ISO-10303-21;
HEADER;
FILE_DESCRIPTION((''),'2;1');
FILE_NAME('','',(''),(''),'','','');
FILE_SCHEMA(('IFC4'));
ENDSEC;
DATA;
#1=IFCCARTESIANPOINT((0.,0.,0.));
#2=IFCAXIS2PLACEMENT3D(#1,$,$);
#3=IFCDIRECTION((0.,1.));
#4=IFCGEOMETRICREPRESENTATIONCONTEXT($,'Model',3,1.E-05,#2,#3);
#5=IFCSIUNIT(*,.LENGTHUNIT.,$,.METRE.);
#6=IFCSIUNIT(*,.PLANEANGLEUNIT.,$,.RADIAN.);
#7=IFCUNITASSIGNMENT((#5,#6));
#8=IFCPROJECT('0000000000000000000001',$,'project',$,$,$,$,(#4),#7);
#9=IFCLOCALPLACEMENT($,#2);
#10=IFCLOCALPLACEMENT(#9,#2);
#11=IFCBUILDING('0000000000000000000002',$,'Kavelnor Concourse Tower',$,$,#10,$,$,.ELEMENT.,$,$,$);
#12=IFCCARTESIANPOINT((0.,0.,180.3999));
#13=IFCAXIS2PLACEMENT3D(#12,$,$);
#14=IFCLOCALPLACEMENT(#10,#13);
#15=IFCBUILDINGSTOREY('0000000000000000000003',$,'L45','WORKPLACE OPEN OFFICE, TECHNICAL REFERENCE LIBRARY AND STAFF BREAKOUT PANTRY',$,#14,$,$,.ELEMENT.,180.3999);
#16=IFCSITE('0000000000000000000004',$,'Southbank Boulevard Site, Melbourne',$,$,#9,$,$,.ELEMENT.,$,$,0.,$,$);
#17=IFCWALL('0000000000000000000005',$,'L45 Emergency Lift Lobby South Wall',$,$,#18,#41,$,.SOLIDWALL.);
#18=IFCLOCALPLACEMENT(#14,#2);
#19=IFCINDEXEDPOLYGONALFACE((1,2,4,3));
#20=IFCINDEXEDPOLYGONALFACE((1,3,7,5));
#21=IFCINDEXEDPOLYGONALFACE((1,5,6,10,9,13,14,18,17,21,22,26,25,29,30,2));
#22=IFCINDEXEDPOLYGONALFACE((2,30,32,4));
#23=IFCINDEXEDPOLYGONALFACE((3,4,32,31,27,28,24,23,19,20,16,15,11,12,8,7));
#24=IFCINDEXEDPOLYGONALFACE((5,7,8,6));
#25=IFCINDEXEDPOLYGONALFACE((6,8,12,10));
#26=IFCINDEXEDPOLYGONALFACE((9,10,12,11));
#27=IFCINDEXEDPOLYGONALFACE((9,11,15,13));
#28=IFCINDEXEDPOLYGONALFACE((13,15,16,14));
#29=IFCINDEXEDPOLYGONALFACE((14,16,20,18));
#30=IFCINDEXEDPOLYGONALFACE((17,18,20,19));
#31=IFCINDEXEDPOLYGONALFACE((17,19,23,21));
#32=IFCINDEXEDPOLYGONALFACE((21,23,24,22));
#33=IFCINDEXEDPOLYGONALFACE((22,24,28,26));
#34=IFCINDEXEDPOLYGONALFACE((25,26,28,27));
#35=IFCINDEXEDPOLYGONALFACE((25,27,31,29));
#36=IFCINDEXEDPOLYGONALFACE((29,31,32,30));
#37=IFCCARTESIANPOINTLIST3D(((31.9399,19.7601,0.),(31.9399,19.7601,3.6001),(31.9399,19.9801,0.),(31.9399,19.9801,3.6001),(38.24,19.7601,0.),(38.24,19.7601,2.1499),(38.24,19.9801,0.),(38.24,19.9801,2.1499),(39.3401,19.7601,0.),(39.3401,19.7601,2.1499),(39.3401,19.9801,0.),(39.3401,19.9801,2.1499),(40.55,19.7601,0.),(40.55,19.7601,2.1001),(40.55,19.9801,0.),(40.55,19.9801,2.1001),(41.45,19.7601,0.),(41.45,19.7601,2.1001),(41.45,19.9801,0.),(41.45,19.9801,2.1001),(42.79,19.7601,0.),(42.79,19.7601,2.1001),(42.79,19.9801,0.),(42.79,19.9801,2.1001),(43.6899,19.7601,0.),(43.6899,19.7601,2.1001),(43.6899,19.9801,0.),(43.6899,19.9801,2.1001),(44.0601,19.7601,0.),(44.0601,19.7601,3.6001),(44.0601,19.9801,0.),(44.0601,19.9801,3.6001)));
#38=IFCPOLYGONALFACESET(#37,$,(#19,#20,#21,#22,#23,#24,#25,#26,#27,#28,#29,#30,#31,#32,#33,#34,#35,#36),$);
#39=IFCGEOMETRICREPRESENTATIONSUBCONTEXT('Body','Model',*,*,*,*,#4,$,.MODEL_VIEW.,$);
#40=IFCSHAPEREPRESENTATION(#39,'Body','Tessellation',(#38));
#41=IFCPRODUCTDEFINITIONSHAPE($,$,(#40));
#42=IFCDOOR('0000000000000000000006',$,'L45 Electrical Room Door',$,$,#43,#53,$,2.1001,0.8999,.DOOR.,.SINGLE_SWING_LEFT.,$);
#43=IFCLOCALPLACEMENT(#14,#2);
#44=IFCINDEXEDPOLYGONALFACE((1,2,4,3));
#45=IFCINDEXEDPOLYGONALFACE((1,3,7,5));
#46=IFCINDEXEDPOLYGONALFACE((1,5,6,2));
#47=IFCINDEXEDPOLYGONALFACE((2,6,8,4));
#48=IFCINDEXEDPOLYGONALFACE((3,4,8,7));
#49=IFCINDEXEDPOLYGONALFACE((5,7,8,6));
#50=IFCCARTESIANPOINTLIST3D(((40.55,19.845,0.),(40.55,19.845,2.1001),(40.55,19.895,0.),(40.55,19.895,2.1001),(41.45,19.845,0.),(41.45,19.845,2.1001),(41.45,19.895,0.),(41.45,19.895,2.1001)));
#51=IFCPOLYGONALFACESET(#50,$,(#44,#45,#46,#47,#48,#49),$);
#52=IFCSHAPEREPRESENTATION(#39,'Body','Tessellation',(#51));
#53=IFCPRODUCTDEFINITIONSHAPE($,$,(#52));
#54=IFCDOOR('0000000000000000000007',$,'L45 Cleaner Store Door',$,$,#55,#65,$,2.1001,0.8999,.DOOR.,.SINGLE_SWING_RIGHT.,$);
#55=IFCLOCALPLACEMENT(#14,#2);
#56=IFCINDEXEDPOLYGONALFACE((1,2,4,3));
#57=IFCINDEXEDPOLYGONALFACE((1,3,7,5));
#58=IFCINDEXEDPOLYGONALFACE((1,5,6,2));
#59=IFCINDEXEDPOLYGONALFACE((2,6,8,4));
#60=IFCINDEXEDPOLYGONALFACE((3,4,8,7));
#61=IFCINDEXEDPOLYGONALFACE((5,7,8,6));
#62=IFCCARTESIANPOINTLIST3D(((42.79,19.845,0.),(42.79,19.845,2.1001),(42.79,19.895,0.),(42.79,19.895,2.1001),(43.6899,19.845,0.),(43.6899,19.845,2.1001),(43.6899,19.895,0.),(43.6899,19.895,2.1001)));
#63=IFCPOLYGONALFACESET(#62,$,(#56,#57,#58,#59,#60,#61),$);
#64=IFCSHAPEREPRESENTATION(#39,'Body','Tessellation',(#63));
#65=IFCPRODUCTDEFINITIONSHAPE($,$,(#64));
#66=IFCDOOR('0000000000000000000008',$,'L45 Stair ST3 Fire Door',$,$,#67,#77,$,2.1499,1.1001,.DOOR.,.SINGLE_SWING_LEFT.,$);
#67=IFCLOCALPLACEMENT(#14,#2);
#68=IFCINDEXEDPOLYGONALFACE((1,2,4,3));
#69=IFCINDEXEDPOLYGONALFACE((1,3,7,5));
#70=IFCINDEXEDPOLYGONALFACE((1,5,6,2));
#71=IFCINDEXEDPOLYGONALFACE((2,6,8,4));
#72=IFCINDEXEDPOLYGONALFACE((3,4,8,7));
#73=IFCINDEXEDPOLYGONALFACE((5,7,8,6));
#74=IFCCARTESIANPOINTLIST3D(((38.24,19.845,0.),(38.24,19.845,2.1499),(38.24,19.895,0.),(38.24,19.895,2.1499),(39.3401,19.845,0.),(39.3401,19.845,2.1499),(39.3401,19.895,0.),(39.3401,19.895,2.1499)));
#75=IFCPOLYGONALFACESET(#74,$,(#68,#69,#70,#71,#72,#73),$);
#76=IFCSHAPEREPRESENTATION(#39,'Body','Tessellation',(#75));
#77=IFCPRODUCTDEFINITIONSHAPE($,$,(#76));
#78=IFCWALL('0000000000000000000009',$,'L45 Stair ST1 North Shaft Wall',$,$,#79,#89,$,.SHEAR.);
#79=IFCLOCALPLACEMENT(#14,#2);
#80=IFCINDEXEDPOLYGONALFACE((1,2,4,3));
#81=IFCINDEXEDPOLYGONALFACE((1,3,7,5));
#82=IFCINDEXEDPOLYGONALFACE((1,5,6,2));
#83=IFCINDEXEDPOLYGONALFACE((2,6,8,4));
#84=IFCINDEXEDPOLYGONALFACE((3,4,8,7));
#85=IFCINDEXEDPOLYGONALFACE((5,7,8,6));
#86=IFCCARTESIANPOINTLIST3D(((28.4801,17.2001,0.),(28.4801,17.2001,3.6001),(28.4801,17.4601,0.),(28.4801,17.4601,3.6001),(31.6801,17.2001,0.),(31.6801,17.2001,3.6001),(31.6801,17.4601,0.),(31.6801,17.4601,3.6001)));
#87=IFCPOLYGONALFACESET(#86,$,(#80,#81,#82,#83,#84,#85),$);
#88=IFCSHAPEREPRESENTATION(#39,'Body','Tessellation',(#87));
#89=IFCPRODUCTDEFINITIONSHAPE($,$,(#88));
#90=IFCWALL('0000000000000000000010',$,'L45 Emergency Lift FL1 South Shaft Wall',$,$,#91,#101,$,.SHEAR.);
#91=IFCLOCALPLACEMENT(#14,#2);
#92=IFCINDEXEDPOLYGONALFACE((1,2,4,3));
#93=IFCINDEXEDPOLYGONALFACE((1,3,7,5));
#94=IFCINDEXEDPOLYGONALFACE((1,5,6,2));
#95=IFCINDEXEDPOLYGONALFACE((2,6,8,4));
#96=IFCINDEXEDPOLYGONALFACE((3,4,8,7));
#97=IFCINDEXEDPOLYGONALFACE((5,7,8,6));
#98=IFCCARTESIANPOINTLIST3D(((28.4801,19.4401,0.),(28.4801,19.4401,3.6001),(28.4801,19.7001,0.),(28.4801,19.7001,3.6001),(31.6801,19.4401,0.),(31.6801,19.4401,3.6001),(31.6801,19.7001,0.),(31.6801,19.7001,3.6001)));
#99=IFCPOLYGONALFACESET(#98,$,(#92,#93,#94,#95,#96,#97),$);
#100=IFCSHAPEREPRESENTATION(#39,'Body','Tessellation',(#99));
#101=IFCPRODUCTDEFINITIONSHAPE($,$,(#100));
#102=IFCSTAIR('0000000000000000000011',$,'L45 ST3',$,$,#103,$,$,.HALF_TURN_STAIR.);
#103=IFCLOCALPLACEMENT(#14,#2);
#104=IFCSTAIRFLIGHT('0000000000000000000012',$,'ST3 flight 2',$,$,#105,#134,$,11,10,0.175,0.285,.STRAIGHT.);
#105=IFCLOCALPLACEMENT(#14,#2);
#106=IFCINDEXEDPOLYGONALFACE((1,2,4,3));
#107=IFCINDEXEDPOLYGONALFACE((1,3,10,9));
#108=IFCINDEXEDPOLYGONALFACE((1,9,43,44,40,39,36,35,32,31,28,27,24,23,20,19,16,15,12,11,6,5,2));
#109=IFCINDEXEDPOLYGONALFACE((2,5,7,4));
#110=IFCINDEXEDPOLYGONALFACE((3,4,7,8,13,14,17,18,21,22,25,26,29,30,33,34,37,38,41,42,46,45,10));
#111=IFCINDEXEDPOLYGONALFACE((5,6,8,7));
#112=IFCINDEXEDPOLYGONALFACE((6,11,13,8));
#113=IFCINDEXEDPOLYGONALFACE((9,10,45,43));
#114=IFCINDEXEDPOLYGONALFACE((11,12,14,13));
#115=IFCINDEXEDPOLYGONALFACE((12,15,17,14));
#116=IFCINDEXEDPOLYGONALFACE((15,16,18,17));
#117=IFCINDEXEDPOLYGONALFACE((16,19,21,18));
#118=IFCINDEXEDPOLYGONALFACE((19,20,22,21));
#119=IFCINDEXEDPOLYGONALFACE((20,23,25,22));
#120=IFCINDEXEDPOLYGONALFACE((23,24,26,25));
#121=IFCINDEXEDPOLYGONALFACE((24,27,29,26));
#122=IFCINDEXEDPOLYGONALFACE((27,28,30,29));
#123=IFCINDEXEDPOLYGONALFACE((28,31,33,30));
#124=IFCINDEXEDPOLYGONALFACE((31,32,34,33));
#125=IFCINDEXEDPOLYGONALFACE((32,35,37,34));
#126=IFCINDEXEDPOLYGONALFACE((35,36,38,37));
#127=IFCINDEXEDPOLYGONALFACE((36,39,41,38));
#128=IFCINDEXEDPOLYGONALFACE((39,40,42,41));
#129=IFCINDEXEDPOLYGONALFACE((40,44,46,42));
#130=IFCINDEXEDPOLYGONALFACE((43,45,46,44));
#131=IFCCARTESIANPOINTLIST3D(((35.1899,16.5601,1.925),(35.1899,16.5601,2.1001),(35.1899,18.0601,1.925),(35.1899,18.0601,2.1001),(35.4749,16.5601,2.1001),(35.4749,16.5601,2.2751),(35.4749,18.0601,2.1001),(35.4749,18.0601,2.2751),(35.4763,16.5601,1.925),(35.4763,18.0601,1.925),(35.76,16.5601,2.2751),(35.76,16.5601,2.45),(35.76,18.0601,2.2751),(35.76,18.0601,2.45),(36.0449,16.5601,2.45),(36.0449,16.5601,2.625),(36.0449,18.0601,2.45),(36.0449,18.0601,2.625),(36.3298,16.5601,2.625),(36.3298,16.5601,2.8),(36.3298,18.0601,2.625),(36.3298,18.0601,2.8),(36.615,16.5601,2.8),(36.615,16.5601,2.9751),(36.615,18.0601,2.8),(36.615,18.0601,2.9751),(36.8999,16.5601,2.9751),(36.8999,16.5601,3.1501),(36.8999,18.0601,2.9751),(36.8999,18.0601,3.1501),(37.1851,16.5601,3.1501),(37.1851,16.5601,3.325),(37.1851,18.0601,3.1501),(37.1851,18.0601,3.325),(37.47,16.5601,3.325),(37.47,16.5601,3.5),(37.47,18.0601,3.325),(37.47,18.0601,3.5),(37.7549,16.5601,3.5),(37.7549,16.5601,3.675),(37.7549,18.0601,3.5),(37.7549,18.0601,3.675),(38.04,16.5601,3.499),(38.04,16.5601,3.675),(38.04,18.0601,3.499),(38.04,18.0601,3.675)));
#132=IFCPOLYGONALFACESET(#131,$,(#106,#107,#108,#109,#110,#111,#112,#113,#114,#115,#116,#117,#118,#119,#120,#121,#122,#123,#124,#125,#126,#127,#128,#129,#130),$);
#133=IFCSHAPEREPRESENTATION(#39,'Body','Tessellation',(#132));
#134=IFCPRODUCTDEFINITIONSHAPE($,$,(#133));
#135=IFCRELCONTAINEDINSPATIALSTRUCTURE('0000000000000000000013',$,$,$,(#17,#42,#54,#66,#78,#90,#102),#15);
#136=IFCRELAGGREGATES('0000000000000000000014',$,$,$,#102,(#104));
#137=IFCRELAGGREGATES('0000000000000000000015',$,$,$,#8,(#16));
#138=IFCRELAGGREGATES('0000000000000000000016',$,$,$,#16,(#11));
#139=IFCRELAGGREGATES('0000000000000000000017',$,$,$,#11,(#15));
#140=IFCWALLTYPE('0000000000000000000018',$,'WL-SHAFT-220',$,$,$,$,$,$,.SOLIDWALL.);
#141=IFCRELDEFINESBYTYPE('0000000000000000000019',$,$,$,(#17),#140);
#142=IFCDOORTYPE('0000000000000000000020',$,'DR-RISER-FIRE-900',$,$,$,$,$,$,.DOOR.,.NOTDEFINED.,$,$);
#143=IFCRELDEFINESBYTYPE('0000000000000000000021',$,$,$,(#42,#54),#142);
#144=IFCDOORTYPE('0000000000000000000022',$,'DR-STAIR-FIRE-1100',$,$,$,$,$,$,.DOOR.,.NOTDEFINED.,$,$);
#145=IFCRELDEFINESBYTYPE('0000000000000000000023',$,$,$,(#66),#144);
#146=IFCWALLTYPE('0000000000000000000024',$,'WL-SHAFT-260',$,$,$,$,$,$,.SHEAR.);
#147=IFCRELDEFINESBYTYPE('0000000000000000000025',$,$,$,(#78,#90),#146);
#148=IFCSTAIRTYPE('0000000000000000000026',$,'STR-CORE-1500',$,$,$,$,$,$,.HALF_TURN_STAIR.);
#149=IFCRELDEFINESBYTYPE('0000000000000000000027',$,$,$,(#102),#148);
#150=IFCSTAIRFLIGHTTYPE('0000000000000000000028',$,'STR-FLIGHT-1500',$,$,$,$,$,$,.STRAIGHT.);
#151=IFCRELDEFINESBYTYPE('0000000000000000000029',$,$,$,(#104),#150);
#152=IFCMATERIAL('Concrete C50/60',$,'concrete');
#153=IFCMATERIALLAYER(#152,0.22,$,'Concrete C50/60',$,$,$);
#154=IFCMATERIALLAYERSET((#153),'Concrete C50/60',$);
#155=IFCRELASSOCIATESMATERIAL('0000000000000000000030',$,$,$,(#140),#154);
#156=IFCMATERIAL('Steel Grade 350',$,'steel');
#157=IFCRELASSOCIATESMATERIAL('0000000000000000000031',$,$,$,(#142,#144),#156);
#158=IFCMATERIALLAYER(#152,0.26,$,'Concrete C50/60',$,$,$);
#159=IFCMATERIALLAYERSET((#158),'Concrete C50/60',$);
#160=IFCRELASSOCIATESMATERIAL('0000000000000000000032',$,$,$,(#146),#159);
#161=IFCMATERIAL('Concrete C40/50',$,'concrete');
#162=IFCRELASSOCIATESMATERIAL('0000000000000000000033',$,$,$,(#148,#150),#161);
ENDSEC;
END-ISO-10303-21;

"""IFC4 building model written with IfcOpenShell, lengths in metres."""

from ifc_helpers import new_model, si_unit, direction, frame, frame_2d, origin, place, context, subcontext, project, spatial, polyline, rectangle, outline, extrude, material, layer, layer_set, type_object, element, fill, aggregate, save


model = new_model("IFC4")

# Units and contexts
model_context = context("Model", 3, precision=1e-05, world=origin(), true_north=direction((0.0, 1.0)))
body_context = subcontext(model_context, "Body", "Model", "MODEL_VIEW")
ifc_project = project(units=[si_unit("LENGTHUNIT", "METRE"), si_unit("PLANEANGLEUNIT", "RADIAN")], contexts=[model_context])

# Site, building, storey
site_placement = place(None, origin())
site = spatial("IfcSite", under=ifc_project, at=site_placement, Name="Southbank Boulevard Site, Melbourne", CompositionType="ELEMENT", RefElevation=0.0)
building_placement = place(site_placement, origin())
building = spatial("IfcBuilding", under=site, at=building_placement, Name="Kavelnor Concourse Tower", CompositionType="ELEMENT")
storey_placement = place(building_placement, frame((0.0, 0.0, 180.3999)))
storey = spatial("IfcBuildingStorey", under=building, at=storey_placement, Name="L45", Description="WORKPLACE OPEN OFFICE, TECHNICAL REFERENCE LIBRARY AND STAFF BREAKOUT PANTRY", CompositionType="ELEMENT", Elevation=180.3999)

# Shared definitions
ifc_material_1 = material(Name="Steel Grade 350", Category="steel")

# Shared definitions
ifc_material_2 = material(Name="Concrete C50/60", Category="concrete")

# Wall, openings, doors
ifc_layer_1 = layer(ifc_material_2, 0.22, Name="Concrete C50/60")
ifc_layer_set_1 = layer_set([ifc_layer_1], Name="Concrete C50/60")
wall_type_1 = type_object("IfcWallType", Name="WL-SHAFT-220", PredefinedType="SOLIDWALL", material=ifc_layer_set_1)
wall_1_placement = place(storey_placement, frame((31.9399, 19.8701, 0.0), z_axis=(0.0, 0.0, 1.0), x_axis=(1.0, 0.0, 0.0)))
wall_1 = element("IfcWall", 1, at=wall_1_placement, inside=storey, type_object=wall_type_1, Name="L45 Emergency Lift Lobby South Wall", PredefinedType="SOLIDWALL", context=body_context, shape_type="SweptSolid", body=[
    extrude(rectangle(XDim=12.1201, YDim=0.22, at=frame_2d((6.0601, 0.0))), origin(), (0.0, 0.0, 1.0), 3.6001),
])
opening_1_placement = place(wall_1_placement, frame((6.3, 0.0, 0.0)))
opening_1 = element("IfcOpeningElement", 2, at=opening_1_placement, cuts=wall_1, PredefinedType="OPENING", context=body_context, shape_type="SweptSolid", body=[
    extrude(rectangle(XDim=1.1001, YDim=2.1499, at=frame_2d((0.55, 1.075))), frame((0.0, 0.1201, 0.0), z_axis=(0.0, -1.0, 0.0), x_axis=(1.0, 0.0, 0.0)), (0.0, 0.0, 1.0), 0.24),
])
opening_2_placement = place(wall_1_placement, frame((8.6101, 0.0, 0.0)))
opening_2 = element("IfcOpeningElement", 3, at=opening_2_placement, cuts=wall_1, PredefinedType="OPENING", context=body_context, shape_type="SweptSolid", body=[
    extrude(rectangle(XDim=0.8999, YDim=2.1001, at=frame_2d((0.45, 1.05))), frame((0.0, 0.1201, 0.0), z_axis=(0.0, -1.0, 0.0), x_axis=(1.0, 0.0, 0.0)), (0.0, 0.0, 1.0), 0.24),
])
opening_3_placement = place(wall_1_placement, frame((10.8501, 0.0, 0.0)))
opening_3 = element("IfcOpeningElement", 4, at=opening_3_placement, cuts=wall_1, PredefinedType="OPENING", context=body_context, shape_type="SweptSolid", body=[
    extrude(rectangle(XDim=0.8999, YDim=2.1001, at=frame_2d((0.45, 1.05))), frame((0.0, 0.1201, 0.0), z_axis=(0.0, -1.0, 0.0), x_axis=(1.0, 0.0, 0.0)), (0.0, 0.0, 1.0), 0.24),
])
door_type_1 = type_object("IfcDoorType", Name="DR-RISER-FIRE-900", OperationType="NOTDEFINED", PredefinedType="DOOR", material=ifc_material_1)
door_1_placement = place(opening_2_placement, origin())
door_1 = element("IfcDoor", 5, at=door_1_placement, inside=storey, type_object=door_type_1, Name="L45 Electrical Room Door", OperationType="SINGLE_SWING_LEFT", OverallHeight=2.1001, OverallWidth=0.8999, PredefinedType="DOOR", context=body_context, shape_type="SweptSolid", body=[
    extrude(rectangle(XDim=0.8999, YDim=2.1001, at=frame_2d((0.45, 1.05))), frame((0.0, 0.0249, 0.0), z_axis=(0.0, -1.0, 0.0), x_axis=(1.0, 0.0, 0.0)), (0.0, 0.0, 1.0), 0.05),
])
fill(opening_2, door_1)
door_2_placement = place(opening_3_placement, origin())
door_2 = element("IfcDoor", 6, at=door_2_placement, inside=storey, type_object=door_type_1, Name="L45 Cleaner Store Door", OperationType="SINGLE_SWING_RIGHT", OverallHeight=2.1001, OverallWidth=0.8999, PredefinedType="DOOR", context=body_context, shape_type="SweptSolid", body=[
    extrude(rectangle(XDim=0.8999, YDim=2.1001, at=frame_2d((0.45, 1.05))), frame((0.0, 0.0249, 0.0), z_axis=(0.0, -1.0, 0.0), x_axis=(1.0, 0.0, 0.0)), (0.0, 0.0, 1.0), 0.05),
])
fill(opening_3, door_2)
door_type_2 = type_object("IfcDoorType", Name="DR-STAIR-FIRE-1100", OperationType="NOTDEFINED", PredefinedType="DOOR", material=ifc_material_1)
door_3_placement = place(opening_1_placement, origin())
door_3 = element("IfcDoor", 7, at=door_3_placement, inside=storey, type_object=door_type_2, Name="L45 Stair ST3 Fire Door", OperationType="SINGLE_SWING_LEFT", OverallHeight=2.1499, OverallWidth=1.1001, PredefinedType="DOOR", context=body_context, shape_type="SweptSolid", body=[
    extrude(rectangle(XDim=1.1001, YDim=2.1499, at=frame_2d((0.55, 1.075))), frame((0.0, 0.0249, 0.0), z_axis=(0.0, -1.0, 0.0), x_axis=(1.0, 0.0, 0.0)), (0.0, 0.0, 1.0), 0.05),
])
fill(opening_1, door_3)

# Walls
ifc_layer_2 = layer(ifc_material_2, 0.26, Name="Concrete C50/60")
ifc_layer_set_2 = layer_set([ifc_layer_2], Name="Concrete C50/60")
wall_type_2 = type_object("IfcWallType", Name="WL-SHAFT-260", PredefinedType="SHEAR", material=ifc_layer_set_2)
for number, where, z_axis, x_axis, name in (
    (8, (28.48, 17.3301, 0.0), (0.0, 0.0, 1.0), (1.0, 0.0, 0.0), "L45 Stair ST1 North Shaft Wall"),
    (9, (28.48, 19.5701, 0.0), (0.0, 0.0, 1.0), (1.0, 0.0, 0.0), "L45 Emergency Lift FL1 South Shaft Wall"),
):
    element("IfcWall", number, at=place(storey_placement, frame(where, z_axis=z_axis, x_axis=x_axis)), inside=storey, type_object=wall_type_2, Name=name, PredefinedType="SHEAR", context=body_context, shape_type="SweptSolid", body=[
        extrude(rectangle(XDim=3.2, YDim=0.26, at=frame_2d((1.6001, 0.0))), origin(), (0.0, 0.0, 1.0), 3.6001),
    ])

# Stair, stair flight
ifc_material_3 = material(Name="Concrete C40/50", Category="concrete")
stair_type = type_object("IfcStairType", Name="STR-CORE-1500", PredefinedType="HALF_TURN_STAIR", material=ifc_material_3)
stair_placement = place(storey_placement, origin())
stair = element("IfcStair", 10, at=stair_placement, inside=storey, type_object=stair_type, Name="L45 ST3", PredefinedType="HALF_TURN_STAIR")
stair_flight_type = type_object("IfcStairFlightType", Name="STR-FLIGHT-1500", PredefinedType="STRAIGHT", material=ifc_material_3)
stair_flight_placement = place(storey_placement, frame((35.1899, 17.3101, 1.925), z_axis=(0.0, 0.0, 1.0), x_axis=(1.0, 0.0, 0.0)))
stair_flight = element("IfcStairFlight", 11, at=stair_flight_placement, type_object=stair_flight_type, Name="ST3 flight 2", NumberOfRisers=11, NumberOfTreads=10, PredefinedType="STRAIGHT", RiserHeight=0.175, TreadLength=0.285, context=body_context, shape_type="SweptSolid", body=[
    extrude(outline(polyline([(0.0, 0.0), (0.0, 0.175), (0.2849, 0.175), (0.2849, 0.3501), (0.5701, 0.3501), (0.5701, 0.5249), (0.855, 0.5249), (0.855, 0.7), (1.1399, 0.7), (1.1399, 0.875), (1.425, 0.875), (1.425, 1.05), (1.71, 1.05), (1.71, 1.2251), (1.9951, 1.2251), (1.9951, 1.3999), (2.28, 1.3999), (2.28, 1.575), (2.5649, 1.575), (2.5649, 1.75), (2.8501, 1.75), (2.8501, 1.925), (2.8501, 1.574), (0.2864, 0.0), (0.0, 0.0)])), frame((0.0, 0.75, 0.0), z_axis=(0.0, -1.0, 0.0), x_axis=(1.0, 0.0, 0.0)), (0.0, 0.0, 1.0), 1.5),
])
aggregate(stair, [stair_flight])

save(model, "model.ifc")
